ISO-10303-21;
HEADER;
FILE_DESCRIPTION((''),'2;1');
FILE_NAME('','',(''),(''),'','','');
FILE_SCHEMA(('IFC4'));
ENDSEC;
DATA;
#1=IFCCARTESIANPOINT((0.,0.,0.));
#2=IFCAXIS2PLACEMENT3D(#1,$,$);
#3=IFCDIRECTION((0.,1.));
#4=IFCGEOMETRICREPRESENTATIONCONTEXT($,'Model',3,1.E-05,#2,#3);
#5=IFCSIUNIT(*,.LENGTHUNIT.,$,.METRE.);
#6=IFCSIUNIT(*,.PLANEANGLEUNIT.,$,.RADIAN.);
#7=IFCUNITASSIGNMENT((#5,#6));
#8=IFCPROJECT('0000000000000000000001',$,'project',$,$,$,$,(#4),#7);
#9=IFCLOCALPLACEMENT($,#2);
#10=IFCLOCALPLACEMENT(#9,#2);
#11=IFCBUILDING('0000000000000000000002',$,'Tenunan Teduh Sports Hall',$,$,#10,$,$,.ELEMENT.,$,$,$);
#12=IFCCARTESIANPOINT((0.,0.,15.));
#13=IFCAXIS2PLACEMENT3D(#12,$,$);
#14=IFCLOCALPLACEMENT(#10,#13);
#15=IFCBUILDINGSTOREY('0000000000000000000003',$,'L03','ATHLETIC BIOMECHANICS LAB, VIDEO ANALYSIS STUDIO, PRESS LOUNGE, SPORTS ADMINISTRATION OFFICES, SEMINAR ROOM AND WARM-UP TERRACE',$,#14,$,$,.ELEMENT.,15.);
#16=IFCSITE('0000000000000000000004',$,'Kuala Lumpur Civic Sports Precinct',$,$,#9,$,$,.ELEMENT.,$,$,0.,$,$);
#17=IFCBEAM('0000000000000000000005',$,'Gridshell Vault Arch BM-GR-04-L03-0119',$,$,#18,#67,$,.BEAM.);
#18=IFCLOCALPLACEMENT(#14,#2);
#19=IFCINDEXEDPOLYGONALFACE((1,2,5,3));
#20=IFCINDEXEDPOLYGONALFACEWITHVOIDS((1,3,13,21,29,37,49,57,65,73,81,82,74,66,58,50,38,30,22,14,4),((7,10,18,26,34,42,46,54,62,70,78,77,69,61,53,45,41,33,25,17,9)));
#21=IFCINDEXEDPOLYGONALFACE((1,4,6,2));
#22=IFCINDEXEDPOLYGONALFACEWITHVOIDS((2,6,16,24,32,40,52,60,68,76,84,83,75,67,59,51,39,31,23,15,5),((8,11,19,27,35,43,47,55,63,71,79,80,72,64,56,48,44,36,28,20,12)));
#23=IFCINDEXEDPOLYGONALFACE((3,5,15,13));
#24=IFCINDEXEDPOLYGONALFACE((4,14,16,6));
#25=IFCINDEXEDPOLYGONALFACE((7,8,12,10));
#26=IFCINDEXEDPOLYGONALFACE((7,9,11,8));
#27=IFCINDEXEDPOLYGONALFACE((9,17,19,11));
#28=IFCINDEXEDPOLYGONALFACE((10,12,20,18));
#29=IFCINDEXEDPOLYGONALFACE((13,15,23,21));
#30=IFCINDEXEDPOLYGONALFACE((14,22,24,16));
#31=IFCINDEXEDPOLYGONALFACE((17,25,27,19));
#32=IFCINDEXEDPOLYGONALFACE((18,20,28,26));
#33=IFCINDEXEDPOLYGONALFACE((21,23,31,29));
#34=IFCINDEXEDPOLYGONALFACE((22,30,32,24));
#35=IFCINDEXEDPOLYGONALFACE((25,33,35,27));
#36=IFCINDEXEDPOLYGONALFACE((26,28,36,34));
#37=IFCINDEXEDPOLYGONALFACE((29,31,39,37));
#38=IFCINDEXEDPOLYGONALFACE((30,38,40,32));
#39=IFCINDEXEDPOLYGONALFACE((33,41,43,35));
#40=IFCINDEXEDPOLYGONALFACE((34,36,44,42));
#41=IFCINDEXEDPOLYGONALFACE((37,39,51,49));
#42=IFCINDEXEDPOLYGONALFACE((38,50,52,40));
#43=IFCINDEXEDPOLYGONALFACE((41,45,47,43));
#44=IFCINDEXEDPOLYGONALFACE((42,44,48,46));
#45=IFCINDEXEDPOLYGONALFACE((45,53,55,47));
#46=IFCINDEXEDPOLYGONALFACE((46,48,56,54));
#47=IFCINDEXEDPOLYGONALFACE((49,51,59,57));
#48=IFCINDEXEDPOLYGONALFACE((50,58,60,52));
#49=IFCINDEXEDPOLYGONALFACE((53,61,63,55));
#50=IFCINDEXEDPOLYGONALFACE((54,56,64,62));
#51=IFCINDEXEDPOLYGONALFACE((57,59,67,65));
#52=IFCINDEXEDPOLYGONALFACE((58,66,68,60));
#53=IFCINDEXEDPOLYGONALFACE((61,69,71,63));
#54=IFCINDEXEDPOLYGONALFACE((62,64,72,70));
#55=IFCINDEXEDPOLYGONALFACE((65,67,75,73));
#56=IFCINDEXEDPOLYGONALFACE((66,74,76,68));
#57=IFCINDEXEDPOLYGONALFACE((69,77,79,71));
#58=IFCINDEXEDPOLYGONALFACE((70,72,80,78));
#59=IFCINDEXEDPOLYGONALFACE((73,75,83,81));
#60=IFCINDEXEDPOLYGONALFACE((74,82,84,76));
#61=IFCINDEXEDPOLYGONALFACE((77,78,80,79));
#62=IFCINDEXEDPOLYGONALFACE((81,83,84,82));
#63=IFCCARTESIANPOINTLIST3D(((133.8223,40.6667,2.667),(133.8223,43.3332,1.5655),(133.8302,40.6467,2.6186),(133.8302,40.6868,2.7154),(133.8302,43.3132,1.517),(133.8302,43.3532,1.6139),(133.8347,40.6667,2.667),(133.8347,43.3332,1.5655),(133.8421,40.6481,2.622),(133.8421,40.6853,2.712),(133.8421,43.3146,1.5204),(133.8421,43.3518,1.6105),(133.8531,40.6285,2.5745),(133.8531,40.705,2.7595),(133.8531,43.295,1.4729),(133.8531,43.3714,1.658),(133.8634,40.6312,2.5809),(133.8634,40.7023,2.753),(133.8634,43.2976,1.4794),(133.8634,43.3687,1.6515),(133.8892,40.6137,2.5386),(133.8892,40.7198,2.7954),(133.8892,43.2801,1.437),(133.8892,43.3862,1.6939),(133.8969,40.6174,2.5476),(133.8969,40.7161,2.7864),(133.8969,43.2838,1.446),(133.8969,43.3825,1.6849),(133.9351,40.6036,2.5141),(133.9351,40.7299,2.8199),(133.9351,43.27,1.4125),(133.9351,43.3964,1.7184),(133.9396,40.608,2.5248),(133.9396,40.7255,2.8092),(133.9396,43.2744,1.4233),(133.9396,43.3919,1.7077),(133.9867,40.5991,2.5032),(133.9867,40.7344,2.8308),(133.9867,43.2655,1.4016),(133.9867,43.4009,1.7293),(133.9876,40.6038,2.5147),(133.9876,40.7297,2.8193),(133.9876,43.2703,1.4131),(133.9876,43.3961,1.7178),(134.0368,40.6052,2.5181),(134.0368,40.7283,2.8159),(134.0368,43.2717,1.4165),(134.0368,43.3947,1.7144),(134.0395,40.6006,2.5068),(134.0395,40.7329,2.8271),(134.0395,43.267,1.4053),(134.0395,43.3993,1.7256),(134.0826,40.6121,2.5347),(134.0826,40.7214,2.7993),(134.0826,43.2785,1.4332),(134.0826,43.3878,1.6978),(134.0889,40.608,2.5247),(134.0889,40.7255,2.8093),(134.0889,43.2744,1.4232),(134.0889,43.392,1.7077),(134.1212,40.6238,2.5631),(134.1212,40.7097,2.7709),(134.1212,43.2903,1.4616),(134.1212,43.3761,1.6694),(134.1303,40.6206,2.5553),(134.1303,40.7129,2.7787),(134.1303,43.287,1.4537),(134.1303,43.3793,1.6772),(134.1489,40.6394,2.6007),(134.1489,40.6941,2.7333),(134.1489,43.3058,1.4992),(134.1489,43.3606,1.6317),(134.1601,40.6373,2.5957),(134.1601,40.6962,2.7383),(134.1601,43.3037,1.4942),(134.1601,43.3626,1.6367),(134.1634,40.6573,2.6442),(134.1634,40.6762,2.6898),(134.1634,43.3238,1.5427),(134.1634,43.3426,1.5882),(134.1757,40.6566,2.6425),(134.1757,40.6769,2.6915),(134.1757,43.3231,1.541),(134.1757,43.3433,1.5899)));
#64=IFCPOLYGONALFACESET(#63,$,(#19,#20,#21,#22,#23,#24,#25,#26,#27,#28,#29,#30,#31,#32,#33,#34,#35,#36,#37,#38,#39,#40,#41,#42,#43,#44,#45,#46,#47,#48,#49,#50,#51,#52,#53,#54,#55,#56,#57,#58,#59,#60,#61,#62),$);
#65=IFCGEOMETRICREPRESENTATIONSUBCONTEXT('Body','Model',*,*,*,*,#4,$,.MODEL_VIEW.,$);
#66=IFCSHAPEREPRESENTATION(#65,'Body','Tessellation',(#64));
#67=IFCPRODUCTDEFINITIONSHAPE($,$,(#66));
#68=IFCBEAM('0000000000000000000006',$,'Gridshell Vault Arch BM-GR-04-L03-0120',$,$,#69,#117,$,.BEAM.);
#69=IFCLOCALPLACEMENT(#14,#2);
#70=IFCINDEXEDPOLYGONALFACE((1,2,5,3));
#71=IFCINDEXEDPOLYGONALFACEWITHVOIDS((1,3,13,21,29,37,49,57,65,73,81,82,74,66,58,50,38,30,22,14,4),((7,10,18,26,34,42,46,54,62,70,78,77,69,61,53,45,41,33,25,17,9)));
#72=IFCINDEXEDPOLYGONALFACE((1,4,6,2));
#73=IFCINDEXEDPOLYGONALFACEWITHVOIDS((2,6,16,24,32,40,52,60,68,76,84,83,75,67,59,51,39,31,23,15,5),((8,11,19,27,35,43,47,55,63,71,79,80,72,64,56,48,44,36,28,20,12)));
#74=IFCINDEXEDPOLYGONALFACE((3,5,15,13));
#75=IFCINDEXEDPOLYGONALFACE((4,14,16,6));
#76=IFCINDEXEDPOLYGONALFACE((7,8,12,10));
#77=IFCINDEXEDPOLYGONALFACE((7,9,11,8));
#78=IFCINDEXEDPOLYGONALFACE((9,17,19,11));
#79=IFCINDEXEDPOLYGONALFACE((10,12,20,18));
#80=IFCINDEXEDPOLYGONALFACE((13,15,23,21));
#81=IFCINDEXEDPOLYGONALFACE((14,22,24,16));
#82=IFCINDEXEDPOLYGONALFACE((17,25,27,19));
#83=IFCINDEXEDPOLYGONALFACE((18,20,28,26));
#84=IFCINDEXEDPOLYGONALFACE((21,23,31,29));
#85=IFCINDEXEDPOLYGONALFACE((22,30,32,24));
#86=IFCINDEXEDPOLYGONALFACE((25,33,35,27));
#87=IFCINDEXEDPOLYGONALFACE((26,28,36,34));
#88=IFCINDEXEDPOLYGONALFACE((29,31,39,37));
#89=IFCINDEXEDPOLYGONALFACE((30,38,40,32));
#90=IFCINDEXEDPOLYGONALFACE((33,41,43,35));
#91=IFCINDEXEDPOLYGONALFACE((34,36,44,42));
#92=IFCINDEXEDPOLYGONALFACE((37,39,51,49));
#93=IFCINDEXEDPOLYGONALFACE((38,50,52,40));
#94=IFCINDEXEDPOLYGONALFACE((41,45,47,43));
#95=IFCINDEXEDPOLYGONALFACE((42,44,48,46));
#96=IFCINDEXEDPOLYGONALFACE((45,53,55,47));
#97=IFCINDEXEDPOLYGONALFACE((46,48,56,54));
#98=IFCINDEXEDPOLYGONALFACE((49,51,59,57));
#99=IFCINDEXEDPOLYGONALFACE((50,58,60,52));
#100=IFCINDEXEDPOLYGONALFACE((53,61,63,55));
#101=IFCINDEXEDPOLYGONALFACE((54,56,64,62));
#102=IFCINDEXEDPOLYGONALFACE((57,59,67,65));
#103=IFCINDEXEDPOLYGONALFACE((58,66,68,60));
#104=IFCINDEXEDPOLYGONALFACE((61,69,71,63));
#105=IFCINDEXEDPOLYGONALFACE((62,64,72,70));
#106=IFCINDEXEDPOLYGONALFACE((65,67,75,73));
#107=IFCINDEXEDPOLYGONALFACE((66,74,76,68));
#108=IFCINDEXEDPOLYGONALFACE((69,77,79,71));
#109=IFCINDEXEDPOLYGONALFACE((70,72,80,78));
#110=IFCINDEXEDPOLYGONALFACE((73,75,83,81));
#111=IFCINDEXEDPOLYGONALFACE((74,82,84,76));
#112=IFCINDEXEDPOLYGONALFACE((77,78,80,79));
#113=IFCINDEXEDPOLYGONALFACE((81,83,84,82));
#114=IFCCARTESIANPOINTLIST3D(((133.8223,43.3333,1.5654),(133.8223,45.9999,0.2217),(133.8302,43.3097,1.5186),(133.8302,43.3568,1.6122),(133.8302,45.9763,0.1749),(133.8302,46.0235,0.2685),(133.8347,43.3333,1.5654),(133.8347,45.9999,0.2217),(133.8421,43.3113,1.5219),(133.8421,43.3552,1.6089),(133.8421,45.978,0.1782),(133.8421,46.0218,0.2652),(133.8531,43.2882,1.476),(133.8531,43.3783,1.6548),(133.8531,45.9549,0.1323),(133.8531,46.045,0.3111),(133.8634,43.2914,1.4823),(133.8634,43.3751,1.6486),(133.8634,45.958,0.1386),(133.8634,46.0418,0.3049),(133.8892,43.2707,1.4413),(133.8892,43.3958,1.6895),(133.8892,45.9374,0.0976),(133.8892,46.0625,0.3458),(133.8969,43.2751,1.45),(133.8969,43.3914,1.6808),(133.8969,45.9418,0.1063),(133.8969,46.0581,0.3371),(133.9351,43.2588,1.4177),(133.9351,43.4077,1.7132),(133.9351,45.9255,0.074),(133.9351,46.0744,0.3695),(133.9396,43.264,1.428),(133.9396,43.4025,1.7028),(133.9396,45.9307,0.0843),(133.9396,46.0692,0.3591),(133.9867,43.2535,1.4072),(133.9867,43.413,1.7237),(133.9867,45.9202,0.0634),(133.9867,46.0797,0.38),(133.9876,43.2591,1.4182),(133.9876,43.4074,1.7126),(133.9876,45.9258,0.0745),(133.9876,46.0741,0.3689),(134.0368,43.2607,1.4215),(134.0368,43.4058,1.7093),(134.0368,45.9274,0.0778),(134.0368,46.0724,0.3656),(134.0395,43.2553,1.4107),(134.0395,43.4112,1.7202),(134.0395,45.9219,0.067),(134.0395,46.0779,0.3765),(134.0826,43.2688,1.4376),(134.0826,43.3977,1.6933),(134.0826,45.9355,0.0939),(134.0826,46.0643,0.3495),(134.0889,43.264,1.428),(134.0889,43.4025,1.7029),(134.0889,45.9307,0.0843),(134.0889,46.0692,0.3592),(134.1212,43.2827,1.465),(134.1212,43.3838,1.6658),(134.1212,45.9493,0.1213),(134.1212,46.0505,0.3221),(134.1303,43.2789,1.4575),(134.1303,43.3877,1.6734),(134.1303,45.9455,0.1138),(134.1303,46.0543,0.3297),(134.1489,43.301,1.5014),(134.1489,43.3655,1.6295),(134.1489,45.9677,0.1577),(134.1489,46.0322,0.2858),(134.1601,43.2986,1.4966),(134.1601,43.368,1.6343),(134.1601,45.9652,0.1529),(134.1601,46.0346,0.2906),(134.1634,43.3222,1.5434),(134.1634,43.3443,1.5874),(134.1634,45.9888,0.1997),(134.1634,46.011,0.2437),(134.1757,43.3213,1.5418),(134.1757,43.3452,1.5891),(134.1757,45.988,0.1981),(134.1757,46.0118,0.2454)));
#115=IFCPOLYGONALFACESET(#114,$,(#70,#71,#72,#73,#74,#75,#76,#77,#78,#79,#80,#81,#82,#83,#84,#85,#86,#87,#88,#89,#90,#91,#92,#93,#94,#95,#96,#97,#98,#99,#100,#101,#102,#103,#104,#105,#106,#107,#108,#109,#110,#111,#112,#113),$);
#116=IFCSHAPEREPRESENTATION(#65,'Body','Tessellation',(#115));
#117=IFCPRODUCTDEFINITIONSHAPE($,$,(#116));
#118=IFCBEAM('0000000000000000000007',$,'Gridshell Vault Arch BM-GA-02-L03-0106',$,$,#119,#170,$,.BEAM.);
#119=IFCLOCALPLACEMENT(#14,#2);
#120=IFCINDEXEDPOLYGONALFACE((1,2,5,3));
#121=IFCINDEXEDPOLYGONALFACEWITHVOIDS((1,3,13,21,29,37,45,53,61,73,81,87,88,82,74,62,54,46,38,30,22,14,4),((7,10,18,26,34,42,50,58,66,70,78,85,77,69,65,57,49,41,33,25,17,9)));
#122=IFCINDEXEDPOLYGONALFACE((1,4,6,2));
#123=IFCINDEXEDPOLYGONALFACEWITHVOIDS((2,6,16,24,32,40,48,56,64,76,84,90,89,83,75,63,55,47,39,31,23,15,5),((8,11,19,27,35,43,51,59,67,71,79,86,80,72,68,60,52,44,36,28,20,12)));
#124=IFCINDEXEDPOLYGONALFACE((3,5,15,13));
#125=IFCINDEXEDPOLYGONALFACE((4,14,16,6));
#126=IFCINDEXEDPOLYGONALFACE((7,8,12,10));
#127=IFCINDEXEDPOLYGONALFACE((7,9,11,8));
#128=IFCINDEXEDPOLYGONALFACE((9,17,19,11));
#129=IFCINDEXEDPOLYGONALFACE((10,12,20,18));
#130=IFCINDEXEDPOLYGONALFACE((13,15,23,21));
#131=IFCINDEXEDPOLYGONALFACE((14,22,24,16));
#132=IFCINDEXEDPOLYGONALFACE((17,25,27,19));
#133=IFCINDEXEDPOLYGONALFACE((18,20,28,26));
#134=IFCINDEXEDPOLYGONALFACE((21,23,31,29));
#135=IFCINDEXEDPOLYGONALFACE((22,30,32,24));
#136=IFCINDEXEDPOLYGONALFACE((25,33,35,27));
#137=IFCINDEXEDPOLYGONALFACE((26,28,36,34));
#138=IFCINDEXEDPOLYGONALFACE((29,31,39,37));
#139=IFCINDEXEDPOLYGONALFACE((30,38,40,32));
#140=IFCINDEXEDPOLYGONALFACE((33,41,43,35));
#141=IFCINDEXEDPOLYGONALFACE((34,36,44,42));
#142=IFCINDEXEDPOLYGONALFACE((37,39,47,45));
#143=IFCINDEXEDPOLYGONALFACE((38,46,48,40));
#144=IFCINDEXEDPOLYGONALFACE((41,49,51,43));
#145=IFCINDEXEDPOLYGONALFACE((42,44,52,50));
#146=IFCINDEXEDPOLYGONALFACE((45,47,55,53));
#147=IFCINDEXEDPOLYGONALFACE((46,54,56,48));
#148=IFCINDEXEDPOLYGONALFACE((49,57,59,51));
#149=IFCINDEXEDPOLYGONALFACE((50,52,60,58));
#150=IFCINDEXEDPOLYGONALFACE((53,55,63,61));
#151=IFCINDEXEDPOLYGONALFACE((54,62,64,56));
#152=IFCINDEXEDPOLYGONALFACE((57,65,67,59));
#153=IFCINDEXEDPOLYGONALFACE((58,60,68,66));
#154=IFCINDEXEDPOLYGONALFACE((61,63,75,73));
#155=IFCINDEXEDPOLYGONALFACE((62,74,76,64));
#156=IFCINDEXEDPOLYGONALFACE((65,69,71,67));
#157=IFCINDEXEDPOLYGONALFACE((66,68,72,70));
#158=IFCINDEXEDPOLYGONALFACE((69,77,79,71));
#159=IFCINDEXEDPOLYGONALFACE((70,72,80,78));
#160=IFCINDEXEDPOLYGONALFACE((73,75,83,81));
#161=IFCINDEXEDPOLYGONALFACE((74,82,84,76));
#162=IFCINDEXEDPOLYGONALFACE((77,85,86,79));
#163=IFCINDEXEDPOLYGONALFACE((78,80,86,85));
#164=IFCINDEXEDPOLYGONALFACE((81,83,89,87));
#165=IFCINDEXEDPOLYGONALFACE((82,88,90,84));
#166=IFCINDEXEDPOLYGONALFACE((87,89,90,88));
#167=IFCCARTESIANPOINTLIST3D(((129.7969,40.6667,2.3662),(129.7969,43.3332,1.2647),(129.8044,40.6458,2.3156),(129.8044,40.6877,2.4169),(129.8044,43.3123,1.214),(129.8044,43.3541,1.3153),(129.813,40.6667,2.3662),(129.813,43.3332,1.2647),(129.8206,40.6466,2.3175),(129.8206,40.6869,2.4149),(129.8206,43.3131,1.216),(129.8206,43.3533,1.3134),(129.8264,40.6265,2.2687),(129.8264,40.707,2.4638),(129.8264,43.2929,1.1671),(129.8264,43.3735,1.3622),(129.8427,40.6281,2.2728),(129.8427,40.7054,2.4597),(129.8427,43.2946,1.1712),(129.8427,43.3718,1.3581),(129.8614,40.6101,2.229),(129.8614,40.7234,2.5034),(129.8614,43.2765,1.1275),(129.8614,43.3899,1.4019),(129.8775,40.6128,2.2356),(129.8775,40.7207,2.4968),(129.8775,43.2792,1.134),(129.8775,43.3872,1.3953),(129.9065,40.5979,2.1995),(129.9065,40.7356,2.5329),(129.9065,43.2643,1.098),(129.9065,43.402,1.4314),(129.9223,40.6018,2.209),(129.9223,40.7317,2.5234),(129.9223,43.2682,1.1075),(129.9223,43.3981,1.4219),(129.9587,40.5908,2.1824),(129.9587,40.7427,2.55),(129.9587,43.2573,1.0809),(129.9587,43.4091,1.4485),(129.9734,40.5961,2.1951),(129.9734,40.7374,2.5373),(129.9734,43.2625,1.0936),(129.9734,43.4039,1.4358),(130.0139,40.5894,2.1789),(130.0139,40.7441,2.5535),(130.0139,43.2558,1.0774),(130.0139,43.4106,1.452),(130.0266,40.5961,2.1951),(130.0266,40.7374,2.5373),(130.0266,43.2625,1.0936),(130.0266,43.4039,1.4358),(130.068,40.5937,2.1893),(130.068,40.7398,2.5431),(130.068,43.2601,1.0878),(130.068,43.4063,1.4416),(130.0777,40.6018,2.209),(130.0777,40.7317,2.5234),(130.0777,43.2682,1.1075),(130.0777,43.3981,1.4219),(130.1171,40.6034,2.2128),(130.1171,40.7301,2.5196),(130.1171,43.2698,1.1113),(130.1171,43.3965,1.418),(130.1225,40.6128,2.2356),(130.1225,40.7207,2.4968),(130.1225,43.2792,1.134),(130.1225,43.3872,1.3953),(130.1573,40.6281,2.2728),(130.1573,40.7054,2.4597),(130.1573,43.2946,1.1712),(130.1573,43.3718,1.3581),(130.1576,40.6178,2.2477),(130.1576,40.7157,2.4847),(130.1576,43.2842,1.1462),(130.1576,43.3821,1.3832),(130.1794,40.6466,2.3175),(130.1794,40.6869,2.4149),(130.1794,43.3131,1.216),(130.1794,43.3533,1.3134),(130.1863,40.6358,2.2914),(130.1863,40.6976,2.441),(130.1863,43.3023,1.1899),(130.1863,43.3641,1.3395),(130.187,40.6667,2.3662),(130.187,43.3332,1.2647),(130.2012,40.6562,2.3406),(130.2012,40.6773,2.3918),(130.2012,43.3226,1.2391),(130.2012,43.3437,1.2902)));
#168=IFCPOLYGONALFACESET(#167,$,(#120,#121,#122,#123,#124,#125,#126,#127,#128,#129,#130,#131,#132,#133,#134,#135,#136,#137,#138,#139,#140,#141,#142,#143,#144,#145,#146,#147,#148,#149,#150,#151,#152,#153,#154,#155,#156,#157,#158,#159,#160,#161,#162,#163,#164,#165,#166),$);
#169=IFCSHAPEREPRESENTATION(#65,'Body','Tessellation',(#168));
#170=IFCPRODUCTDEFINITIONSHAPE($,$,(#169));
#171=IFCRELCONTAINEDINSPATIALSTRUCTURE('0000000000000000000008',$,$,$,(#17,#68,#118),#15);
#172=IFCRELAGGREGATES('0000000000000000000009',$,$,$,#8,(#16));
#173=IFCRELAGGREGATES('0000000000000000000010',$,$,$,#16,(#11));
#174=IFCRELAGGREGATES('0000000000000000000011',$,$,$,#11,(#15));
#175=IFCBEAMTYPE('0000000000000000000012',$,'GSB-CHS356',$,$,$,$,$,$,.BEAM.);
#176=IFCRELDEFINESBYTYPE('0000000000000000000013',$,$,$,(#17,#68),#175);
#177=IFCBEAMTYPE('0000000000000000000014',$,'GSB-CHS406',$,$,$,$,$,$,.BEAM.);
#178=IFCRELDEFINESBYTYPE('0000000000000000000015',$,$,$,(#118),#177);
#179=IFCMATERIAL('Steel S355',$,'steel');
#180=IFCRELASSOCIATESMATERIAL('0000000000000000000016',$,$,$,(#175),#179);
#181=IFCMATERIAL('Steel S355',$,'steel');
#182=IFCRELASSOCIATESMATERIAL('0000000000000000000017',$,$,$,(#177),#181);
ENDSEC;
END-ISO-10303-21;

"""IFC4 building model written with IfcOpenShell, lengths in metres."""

from ifc_helpers import new_model, si_unit, direction, frame, origin, origin_2d, place, context, subcontext, project, spatial, hollow_circle, extrude, material, material_profile, profile_set, type_object, element, save


model = new_model("IFC4")

# Units and contexts
model_context = context("Model", 3, precision=1e-05, world=origin(), true_north=direction((0.0, 1.0)))
body_context = subcontext(model_context, "Body", "Model", "MODEL_VIEW")
ifc_project = project(units=[si_unit("LENGTHUNIT", "METRE"), si_unit("PLANEANGLEUNIT", "RADIAN")], contexts=[model_context])

# Site, building, storey
site_placement = place(None, origin())
site = spatial("IfcSite", under=ifc_project, at=site_placement, Name="Kuala Lumpur Civic Sports Precinct", CompositionType="ELEMENT", RefElevation=0.0)
building_placement = place(site_placement, origin())
building = spatial("IfcBuilding", under=site, at=building_placement, Name="Tenunan Teduh Sports Hall", CompositionType="ELEMENT")
storey_placement = place(building_placement, frame((0.0, 0.0, 15.0)))
storey = spatial("IfcBuildingStorey", under=building, at=storey_placement, Name="L03", Description="ATHLETIC BIOMECHANICS LAB, VIDEO ANALYSIS STUDIO, PRESS LOUNGE, SPORTS ADMINISTRATION OFFICES, SEMINAR ROOM AND WARM-UP TERRACE", CompositionType="ELEMENT", Elevation=15.0)

# Beams
ifc_material_1 = material(Name="Steel S355", Category="steel")
ifc_material_profile_1 = material_profile(ifc_material_1, hollow_circle(Radius=0.1777, WallThickness=0.0125, at=origin_2d()), Name="CHS 355.6x12.5")
ifc_profile_set_1 = profile_set([ifc_material_profile_1], Name="Steel S355")
beam_type_1 = type_object("IfcBeamType", Name="GSB-CHS356", PredefinedType="BEAM", material=ifc_profile_set_1)
beam_1_placement = place(storey_placement, frame((134.0, 40.6667, 2.667), z_axis=(0.0, 0.924239, -0.381814), x_axis=(-1.0, 0.0, 0.0)))
element("IfcBeam", 1, at=beam_1_placement, inside=storey, type_object=beam_type_1, Name="Gridshell Vault Arch BM-GR-04-L03-0119", PredefinedType="BEAM", context=body_context, shape_type="SweptSolid", body=[
    extrude(hollow_circle(Radius=0.1777, WallThickness=0.0125, at=origin_2d()), origin(), (0.0, 0.0, 1.0), 2.885),
])
beam_2_placement = place(storey_placement, frame((134.0, 43.3333, 1.5654), z_axis=(0.0, 0.893033, -0.449991), x_axis=(-1.0, 0.0, 0.0)))
element("IfcBeam", 2, at=beam_2_placement, inside=storey, type_object=beam_type_1, Name="Gridshell Vault Arch BM-GR-04-L03-0120", PredefinedType="BEAM", context=body_context, shape_type="SweptSolid", body=[
    extrude(hollow_circle(Radius=0.1777, WallThickness=0.0125, at=origin_2d()), origin(), (0.0, 0.0, 1.0), 2.9861),
])
ifc_material_2 = material(Name="Steel S355", Category="steel")
ifc_material_profile_2 = material_profile(ifc_material_2, hollow_circle(Radius=0.2031, WallThickness=0.0161, at=origin_2d()), Name="CHS 406.4x16.0")
ifc_profile_set_2 = profile_set([ifc_material_profile_2], Name="Steel S355")
beam_type_2 = type_object("IfcBeamType", Name="GSB-CHS406", PredefinedType="BEAM", material=ifc_profile_set_2)
beam_3_placement = place(storey_placement, frame((130.0, 40.6667, 2.3662), z_axis=(0.0, 0.924239, -0.381814), x_axis=(-1.0, 0.0, 0.0)))
element("IfcBeam", 3, at=beam_3_placement, inside=storey, type_object=beam_type_2, Name="Gridshell Vault Arch BM-GA-02-L03-0106", PredefinedType="BEAM", context=body_context, shape_type="SweptSolid", body=[
    extrude(hollow_circle(Radius=0.2031, WallThickness=0.0161, at=origin_2d()), origin(), (0.0, 0.0, 1.0), 2.885),
])

save(model, "model.ifc")
